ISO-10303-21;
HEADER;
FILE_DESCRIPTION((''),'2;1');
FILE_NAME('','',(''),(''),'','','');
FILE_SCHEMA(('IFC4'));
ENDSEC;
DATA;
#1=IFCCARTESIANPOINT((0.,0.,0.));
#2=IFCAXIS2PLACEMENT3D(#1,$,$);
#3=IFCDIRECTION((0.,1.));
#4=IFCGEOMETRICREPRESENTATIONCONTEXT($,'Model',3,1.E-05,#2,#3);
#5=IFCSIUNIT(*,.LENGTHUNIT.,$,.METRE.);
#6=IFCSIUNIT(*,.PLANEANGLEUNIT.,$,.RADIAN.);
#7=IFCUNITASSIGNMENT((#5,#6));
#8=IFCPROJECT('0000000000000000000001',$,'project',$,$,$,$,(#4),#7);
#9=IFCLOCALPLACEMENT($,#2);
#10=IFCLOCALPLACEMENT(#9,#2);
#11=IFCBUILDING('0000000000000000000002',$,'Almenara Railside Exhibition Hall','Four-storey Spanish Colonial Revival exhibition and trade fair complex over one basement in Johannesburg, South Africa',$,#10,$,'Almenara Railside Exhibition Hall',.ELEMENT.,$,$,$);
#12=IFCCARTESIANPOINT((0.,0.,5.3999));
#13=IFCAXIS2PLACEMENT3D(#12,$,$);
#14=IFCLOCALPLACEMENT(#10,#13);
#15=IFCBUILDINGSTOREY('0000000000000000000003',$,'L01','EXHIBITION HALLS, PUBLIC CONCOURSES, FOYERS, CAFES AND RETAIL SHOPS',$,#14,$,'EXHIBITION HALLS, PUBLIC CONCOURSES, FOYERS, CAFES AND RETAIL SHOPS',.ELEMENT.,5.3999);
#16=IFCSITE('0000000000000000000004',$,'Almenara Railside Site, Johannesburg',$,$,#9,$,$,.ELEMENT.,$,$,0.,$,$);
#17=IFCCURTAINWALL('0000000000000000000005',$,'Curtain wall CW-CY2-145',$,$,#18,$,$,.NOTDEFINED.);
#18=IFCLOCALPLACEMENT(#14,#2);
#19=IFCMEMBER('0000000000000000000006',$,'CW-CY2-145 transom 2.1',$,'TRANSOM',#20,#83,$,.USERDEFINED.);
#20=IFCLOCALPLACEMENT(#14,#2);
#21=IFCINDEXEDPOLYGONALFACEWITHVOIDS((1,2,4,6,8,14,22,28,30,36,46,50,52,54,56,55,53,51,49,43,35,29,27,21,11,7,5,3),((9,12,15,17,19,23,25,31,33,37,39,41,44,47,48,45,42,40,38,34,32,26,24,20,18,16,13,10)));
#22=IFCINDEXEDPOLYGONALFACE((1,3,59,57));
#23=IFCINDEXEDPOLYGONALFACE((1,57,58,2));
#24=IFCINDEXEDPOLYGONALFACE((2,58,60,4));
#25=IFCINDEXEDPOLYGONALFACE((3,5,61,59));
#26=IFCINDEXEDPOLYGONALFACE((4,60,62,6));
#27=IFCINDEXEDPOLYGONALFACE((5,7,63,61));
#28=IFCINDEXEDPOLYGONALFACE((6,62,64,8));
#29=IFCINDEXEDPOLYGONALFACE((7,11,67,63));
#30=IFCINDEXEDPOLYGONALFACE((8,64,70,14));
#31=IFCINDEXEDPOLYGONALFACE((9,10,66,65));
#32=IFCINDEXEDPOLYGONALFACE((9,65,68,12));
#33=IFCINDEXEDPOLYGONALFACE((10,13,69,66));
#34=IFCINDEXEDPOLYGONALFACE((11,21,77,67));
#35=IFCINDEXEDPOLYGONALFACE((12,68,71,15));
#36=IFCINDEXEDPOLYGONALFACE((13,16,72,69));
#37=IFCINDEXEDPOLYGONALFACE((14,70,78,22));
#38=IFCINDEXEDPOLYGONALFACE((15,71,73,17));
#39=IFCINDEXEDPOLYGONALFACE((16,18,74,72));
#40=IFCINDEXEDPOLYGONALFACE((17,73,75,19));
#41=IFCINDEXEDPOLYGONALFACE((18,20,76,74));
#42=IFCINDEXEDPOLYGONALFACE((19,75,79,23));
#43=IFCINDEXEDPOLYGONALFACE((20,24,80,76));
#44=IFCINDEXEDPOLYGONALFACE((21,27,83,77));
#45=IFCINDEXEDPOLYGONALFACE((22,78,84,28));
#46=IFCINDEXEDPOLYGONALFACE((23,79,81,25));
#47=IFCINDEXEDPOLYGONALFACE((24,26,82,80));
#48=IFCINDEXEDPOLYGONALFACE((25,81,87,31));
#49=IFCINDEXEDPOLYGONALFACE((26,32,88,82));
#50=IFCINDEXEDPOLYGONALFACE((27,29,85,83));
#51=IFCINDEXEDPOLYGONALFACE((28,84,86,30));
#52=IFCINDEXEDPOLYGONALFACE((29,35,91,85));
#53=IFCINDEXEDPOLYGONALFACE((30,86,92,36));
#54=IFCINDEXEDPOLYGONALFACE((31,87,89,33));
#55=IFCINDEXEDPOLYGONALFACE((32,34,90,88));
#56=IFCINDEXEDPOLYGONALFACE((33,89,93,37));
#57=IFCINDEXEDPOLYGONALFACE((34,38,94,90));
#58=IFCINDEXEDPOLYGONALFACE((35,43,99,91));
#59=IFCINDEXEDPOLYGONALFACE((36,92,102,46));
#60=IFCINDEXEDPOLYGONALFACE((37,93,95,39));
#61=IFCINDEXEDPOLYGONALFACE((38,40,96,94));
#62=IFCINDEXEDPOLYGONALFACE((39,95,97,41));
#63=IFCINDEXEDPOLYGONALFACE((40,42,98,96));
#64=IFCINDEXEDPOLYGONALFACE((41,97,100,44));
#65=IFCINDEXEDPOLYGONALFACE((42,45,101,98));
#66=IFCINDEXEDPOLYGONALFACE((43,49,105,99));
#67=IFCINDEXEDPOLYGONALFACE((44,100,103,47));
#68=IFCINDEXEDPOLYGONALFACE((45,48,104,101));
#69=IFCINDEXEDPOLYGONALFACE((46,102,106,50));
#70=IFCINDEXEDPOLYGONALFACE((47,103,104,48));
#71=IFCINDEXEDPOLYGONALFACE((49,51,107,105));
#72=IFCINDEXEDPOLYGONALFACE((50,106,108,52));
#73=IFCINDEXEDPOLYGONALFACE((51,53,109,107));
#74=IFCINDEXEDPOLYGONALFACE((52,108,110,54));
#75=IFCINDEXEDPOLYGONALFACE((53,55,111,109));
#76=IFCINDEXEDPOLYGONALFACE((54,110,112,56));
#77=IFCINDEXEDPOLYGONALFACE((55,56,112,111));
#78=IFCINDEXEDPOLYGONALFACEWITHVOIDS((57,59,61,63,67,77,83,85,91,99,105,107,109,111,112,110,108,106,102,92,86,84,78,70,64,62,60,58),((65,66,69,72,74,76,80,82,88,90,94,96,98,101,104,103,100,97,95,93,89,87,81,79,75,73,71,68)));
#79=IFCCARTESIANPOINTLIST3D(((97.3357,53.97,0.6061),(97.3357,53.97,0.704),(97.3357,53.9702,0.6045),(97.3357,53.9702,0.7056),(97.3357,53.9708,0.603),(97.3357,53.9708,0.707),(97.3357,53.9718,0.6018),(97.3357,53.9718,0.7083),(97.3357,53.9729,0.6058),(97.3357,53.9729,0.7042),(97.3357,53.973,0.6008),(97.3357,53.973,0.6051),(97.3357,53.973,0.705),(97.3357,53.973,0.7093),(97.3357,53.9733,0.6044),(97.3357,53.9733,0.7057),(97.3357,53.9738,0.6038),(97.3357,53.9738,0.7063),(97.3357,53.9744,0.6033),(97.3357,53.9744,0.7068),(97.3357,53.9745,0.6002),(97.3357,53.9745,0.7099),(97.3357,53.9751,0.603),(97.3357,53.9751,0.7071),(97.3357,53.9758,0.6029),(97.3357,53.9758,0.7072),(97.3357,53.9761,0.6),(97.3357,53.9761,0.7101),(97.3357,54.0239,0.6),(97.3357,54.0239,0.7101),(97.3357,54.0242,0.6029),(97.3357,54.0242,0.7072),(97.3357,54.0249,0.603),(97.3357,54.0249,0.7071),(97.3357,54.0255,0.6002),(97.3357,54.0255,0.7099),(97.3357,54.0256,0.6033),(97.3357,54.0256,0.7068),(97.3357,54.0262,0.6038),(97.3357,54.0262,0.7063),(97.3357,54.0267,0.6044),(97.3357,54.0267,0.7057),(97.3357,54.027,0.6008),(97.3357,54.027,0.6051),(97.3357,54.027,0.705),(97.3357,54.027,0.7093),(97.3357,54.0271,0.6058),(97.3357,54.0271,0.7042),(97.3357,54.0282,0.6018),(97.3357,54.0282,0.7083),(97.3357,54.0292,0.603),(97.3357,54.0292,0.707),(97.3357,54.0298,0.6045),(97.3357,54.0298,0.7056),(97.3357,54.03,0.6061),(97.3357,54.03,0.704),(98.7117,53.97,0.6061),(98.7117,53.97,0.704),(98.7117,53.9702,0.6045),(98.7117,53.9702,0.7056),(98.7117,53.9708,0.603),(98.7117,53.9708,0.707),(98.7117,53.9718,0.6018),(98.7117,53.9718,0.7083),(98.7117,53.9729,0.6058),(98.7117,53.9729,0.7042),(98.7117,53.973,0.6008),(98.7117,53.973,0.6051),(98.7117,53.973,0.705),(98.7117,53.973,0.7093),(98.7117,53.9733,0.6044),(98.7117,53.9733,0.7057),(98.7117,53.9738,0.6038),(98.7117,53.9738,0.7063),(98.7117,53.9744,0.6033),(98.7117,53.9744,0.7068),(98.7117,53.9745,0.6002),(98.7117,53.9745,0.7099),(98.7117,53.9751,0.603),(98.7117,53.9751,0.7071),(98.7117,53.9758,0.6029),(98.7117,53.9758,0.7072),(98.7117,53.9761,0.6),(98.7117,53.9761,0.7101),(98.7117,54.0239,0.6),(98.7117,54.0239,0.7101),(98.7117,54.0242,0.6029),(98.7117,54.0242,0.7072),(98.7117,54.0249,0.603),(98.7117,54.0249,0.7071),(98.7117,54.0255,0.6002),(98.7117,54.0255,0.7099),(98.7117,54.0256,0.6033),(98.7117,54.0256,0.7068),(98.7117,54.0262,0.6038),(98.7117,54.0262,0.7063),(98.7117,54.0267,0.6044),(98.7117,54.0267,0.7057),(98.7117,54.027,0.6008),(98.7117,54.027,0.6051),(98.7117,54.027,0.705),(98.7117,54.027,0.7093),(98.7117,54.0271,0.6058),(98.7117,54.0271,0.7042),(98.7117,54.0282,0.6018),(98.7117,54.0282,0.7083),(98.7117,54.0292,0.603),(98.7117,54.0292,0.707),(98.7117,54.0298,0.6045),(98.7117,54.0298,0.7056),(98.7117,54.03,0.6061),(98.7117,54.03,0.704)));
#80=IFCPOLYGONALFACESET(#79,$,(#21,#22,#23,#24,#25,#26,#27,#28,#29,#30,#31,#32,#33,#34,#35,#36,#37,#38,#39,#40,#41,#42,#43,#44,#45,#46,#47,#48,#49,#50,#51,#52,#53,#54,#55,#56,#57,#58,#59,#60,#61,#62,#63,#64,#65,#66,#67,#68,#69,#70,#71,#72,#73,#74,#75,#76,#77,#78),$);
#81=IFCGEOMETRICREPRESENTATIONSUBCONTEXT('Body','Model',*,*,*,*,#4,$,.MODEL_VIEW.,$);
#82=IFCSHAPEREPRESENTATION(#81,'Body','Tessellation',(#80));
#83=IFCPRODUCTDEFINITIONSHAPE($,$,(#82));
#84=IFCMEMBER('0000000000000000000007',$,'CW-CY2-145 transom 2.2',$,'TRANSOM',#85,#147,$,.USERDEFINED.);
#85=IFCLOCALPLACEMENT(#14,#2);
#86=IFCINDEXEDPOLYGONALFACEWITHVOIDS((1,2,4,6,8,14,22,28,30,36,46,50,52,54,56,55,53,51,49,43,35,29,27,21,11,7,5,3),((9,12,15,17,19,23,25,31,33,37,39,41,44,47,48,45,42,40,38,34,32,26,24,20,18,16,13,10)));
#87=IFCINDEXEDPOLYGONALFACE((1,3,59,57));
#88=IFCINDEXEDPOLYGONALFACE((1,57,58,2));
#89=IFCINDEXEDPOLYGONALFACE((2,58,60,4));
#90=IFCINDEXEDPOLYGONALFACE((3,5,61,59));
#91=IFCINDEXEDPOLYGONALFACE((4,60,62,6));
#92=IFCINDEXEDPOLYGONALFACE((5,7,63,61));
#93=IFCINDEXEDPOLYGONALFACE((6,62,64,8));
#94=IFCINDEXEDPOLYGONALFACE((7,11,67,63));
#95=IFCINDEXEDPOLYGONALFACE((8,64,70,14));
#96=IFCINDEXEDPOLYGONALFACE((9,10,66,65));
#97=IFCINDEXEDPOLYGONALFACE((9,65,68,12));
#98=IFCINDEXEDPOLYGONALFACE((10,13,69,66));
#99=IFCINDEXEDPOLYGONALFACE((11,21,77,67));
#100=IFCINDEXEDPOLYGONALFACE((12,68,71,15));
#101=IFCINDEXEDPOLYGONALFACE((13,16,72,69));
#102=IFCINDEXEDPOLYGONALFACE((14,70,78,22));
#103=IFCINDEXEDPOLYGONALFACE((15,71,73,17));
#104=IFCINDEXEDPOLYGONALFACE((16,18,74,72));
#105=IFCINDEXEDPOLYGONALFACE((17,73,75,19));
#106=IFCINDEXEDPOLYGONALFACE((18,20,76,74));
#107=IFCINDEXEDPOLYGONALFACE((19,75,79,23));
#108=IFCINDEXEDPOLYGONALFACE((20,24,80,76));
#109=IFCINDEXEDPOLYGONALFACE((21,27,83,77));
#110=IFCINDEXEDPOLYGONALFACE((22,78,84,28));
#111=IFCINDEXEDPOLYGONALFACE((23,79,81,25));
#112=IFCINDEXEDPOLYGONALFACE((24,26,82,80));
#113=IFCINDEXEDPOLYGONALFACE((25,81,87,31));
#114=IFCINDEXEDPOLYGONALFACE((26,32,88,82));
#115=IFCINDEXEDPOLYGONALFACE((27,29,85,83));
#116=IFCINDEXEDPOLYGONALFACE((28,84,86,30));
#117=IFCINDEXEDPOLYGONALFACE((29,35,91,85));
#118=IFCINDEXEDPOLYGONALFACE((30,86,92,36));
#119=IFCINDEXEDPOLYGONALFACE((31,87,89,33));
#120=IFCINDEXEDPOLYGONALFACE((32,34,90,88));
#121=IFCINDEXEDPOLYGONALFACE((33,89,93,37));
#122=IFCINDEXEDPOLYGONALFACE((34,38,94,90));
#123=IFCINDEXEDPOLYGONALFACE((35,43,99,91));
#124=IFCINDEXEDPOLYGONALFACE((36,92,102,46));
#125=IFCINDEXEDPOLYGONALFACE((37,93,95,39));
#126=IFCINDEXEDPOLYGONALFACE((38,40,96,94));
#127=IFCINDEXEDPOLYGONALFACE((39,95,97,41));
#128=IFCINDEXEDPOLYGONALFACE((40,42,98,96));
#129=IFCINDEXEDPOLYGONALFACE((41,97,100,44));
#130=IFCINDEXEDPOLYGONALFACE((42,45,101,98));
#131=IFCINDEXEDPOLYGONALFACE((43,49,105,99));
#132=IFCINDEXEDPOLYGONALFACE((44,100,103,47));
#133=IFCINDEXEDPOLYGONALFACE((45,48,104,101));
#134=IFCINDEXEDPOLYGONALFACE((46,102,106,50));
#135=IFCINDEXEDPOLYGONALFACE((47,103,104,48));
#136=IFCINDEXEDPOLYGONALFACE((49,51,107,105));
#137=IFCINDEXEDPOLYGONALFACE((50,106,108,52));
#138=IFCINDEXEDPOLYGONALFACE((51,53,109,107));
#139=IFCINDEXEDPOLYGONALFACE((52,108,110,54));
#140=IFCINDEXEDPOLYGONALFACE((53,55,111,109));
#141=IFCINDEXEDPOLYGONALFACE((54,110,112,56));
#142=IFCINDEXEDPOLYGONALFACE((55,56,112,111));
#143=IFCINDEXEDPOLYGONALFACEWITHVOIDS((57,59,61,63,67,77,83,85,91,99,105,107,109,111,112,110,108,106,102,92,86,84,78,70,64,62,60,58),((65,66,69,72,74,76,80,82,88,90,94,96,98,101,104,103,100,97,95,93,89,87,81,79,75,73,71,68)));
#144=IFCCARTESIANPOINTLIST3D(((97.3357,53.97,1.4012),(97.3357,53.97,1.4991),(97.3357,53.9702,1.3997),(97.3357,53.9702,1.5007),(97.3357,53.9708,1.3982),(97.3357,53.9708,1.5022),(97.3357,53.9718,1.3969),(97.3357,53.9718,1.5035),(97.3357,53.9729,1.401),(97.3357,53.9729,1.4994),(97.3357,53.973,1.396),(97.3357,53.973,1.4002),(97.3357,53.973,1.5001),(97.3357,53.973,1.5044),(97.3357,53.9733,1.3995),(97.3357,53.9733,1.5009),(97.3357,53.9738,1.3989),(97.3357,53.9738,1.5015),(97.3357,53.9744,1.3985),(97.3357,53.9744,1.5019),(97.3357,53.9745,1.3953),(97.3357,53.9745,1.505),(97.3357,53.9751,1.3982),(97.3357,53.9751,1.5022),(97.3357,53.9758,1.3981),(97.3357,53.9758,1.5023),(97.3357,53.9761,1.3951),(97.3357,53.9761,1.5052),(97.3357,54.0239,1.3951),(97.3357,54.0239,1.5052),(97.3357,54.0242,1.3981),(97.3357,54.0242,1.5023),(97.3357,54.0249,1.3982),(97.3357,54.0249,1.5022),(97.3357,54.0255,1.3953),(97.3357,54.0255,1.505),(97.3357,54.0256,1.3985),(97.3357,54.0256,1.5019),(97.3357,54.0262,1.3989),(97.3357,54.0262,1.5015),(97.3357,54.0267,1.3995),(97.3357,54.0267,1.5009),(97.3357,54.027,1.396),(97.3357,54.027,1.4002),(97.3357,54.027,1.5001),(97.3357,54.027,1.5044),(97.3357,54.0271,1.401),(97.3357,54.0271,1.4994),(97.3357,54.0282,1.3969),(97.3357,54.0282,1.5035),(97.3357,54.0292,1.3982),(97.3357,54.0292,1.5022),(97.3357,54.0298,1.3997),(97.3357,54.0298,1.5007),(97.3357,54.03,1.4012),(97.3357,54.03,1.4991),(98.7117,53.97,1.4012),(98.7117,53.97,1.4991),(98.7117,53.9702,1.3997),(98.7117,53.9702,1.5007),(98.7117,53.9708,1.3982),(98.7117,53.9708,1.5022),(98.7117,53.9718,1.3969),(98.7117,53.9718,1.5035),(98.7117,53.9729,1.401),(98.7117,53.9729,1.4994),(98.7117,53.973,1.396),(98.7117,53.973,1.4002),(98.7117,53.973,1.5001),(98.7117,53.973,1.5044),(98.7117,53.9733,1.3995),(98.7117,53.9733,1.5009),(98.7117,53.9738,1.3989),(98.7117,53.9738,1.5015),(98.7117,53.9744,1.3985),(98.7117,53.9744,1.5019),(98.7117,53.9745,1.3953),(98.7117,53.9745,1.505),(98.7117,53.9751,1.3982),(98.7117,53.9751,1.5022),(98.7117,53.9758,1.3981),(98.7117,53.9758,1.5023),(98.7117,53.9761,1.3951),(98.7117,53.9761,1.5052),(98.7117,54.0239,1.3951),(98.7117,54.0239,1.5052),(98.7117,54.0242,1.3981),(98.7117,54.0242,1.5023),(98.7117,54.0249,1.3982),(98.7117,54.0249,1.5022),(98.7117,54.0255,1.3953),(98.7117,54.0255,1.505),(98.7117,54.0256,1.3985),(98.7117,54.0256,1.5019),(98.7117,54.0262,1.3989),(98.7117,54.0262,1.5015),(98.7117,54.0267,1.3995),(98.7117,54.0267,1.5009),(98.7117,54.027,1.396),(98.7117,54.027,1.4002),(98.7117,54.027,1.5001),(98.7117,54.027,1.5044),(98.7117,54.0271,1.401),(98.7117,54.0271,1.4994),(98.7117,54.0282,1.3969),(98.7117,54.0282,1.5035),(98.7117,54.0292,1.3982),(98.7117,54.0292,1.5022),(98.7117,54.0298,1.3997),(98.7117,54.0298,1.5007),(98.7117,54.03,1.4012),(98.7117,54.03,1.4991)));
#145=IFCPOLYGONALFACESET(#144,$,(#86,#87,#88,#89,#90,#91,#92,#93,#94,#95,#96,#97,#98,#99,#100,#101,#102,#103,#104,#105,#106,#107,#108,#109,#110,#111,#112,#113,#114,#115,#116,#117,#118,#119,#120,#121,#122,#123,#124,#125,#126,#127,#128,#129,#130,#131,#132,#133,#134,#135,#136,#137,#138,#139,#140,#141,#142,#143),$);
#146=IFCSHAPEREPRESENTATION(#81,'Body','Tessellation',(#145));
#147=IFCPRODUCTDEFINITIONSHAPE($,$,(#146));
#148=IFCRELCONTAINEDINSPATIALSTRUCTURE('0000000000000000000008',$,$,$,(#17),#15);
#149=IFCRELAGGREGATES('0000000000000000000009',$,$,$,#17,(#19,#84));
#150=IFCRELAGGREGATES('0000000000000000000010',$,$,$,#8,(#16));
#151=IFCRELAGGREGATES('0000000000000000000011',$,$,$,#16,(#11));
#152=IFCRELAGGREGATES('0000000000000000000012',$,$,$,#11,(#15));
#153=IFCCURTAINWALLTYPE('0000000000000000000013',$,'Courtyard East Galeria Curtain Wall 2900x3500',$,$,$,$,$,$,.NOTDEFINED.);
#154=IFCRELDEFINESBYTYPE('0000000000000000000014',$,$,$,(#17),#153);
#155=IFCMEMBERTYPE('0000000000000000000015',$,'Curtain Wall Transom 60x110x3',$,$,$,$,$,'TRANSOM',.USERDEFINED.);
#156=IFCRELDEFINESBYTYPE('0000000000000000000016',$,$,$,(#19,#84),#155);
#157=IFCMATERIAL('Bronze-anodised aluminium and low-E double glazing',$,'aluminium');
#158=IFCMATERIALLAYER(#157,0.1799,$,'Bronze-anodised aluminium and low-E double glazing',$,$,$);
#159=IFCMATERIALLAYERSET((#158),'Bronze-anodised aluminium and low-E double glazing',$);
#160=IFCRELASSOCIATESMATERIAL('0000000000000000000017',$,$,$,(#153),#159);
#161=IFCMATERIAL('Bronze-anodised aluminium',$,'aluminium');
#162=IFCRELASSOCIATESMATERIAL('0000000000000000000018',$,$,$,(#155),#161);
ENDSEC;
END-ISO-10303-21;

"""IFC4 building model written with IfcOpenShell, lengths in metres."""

from ifc_helpers import new_model, si_unit, direction, frame, origin, origin_2d, place, context, subcontext, project, spatial, hollow_rectangle, extrude, material, layer, layer_set, material_profile, profile_set, type_object, element, aggregate, save


model = new_model("IFC4")

# Units and contexts
model_context = context("Model", 3, precision=1e-05, world=origin(), true_north=direction((0.0, 1.0)))
body_context = subcontext(model_context, "Body", "Model", "MODEL_VIEW")
ifc_project = project(units=[si_unit("LENGTHUNIT", "METRE"), si_unit("PLANEANGLEUNIT", "RADIAN")], contexts=[model_context])

# Site, building, storey
site_placement = place(None, origin())
site = spatial("IfcSite", under=ifc_project, at=site_placement, Name="Almenara Railside Site, Johannesburg", CompositionType="ELEMENT", RefElevation=0.0)
building_placement = place(site_placement, origin())
building = spatial("IfcBuilding", under=site, at=building_placement, Name="Almenara Railside Exhibition Hall", Description="Four-storey Spanish Colonial Revival exhibition and trade fair complex over one basement in Johannesburg, South Africa", LongName="Almenara Railside Exhibition Hall", CompositionType="ELEMENT")
storey_placement = place(building_placement, frame((0.0, 0.0, 5.3999)))
storey = spatial("IfcBuildingStorey", under=building, at=storey_placement, Name="L01", Description="EXHIBITION HALLS, PUBLIC CONCOURSES, FOYERS, CAFES AND RETAIL SHOPS", LongName="EXHIBITION HALLS, PUBLIC CONCOURSES, FOYERS, CAFES AND RETAIL SHOPS", CompositionType="ELEMENT", Elevation=5.3999)

# Curtain wall
ifc_material_1 = material(Name="Bronze-anodised aluminium and low-E double glazing", Category="aluminium")
ifc_layer_1 = layer(ifc_material_1, 0.1799, Name="Bronze-anodised aluminium and low-E double glazing")
ifc_layer_set_1 = layer_set([ifc_layer_1], Name="Bronze-anodised aluminium and low-E double glazing")
curtain_wall_type = type_object("IfcCurtainWallType", Name="Courtyard East Galeria Curtain Wall 2900x3500", PredefinedType="NOTDEFINED", material=ifc_layer_set_1)
curtain_wall_1_placement = place(storey_placement, origin())
curtain_wall_1 = element("IfcCurtainWall", 1, at=curtain_wall_1_placement, inside=storey, type_object=curtain_wall_type, Name="Curtain wall CW-CY2-145", PredefinedType="NOTDEFINED")
ifc_material_2 = material(Name="Bronze-anodised aluminium", Category="aluminium")

# Members
ifc_material_profile_1 = material_profile(ifc_material_2, hollow_rectangle(XDim=0.0601, YDim=0.1101, WallThickness=0.0029, InnerFilletRadius=0.0029, OuterFilletRadius=0.0061, at=origin_2d()), Name="ALU-TRN 60x110x3")
ifc_profile_set_1 = profile_set([ifc_material_profile_1], Name="Bronze-anodised aluminium")
member_type_1 = type_object("IfcMemberType", Name="Curtain Wall Transom 60x110x3", ElementType="TRANSOM", PredefinedType="USERDEFINED", material=ifc_profile_set_1)
member_1_placement = place(storey_placement, frame((97.3357, 54.0, 0.655), z_axis=(1.0, 0.0, 0.0), x_axis=(0.0, 1.0, 0.0)))
member_1 = element("IfcMember", 2, at=member_1_placement, type_object=member_type_1, Name="CW-CY2-145 transom 2.1", ObjectType="TRANSOM", PredefinedType="USERDEFINED", context=body_context, shape_type="SweptSolid", body=[
    extrude(hollow_rectangle(XDim=0.0601, YDim=0.1101, WallThickness=0.0029, InnerFilletRadius=0.0029, OuterFilletRadius=0.0061, at=origin_2d()), origin(), (0.0, 0.0, 1.0), 1.376),
])
member_2_placement = place(storey_placement, frame((97.3357, 54.0, 1.4502), z_axis=(1.0, 0.0, 0.0), x_axis=(0.0, 1.0, 0.0)))
member_2 = element("IfcMember", 3, at=member_2_placement, type_object=member_type_1, Name="CW-CY2-145 transom 2.2", ObjectType="TRANSOM", PredefinedType="USERDEFINED", context=body_context, shape_type="SweptSolid", body=[
    extrude(hollow_rectangle(XDim=0.0601, YDim=0.1101, WallThickness=0.0029, InnerFilletRadius=0.0029, OuterFilletRadius=0.0061, at=origin_2d()), origin(), (0.0, 0.0, 1.0), 1.376),
])

aggregate(curtain_wall_1, [member_1, member_2])

save(model, "model.ifc")
